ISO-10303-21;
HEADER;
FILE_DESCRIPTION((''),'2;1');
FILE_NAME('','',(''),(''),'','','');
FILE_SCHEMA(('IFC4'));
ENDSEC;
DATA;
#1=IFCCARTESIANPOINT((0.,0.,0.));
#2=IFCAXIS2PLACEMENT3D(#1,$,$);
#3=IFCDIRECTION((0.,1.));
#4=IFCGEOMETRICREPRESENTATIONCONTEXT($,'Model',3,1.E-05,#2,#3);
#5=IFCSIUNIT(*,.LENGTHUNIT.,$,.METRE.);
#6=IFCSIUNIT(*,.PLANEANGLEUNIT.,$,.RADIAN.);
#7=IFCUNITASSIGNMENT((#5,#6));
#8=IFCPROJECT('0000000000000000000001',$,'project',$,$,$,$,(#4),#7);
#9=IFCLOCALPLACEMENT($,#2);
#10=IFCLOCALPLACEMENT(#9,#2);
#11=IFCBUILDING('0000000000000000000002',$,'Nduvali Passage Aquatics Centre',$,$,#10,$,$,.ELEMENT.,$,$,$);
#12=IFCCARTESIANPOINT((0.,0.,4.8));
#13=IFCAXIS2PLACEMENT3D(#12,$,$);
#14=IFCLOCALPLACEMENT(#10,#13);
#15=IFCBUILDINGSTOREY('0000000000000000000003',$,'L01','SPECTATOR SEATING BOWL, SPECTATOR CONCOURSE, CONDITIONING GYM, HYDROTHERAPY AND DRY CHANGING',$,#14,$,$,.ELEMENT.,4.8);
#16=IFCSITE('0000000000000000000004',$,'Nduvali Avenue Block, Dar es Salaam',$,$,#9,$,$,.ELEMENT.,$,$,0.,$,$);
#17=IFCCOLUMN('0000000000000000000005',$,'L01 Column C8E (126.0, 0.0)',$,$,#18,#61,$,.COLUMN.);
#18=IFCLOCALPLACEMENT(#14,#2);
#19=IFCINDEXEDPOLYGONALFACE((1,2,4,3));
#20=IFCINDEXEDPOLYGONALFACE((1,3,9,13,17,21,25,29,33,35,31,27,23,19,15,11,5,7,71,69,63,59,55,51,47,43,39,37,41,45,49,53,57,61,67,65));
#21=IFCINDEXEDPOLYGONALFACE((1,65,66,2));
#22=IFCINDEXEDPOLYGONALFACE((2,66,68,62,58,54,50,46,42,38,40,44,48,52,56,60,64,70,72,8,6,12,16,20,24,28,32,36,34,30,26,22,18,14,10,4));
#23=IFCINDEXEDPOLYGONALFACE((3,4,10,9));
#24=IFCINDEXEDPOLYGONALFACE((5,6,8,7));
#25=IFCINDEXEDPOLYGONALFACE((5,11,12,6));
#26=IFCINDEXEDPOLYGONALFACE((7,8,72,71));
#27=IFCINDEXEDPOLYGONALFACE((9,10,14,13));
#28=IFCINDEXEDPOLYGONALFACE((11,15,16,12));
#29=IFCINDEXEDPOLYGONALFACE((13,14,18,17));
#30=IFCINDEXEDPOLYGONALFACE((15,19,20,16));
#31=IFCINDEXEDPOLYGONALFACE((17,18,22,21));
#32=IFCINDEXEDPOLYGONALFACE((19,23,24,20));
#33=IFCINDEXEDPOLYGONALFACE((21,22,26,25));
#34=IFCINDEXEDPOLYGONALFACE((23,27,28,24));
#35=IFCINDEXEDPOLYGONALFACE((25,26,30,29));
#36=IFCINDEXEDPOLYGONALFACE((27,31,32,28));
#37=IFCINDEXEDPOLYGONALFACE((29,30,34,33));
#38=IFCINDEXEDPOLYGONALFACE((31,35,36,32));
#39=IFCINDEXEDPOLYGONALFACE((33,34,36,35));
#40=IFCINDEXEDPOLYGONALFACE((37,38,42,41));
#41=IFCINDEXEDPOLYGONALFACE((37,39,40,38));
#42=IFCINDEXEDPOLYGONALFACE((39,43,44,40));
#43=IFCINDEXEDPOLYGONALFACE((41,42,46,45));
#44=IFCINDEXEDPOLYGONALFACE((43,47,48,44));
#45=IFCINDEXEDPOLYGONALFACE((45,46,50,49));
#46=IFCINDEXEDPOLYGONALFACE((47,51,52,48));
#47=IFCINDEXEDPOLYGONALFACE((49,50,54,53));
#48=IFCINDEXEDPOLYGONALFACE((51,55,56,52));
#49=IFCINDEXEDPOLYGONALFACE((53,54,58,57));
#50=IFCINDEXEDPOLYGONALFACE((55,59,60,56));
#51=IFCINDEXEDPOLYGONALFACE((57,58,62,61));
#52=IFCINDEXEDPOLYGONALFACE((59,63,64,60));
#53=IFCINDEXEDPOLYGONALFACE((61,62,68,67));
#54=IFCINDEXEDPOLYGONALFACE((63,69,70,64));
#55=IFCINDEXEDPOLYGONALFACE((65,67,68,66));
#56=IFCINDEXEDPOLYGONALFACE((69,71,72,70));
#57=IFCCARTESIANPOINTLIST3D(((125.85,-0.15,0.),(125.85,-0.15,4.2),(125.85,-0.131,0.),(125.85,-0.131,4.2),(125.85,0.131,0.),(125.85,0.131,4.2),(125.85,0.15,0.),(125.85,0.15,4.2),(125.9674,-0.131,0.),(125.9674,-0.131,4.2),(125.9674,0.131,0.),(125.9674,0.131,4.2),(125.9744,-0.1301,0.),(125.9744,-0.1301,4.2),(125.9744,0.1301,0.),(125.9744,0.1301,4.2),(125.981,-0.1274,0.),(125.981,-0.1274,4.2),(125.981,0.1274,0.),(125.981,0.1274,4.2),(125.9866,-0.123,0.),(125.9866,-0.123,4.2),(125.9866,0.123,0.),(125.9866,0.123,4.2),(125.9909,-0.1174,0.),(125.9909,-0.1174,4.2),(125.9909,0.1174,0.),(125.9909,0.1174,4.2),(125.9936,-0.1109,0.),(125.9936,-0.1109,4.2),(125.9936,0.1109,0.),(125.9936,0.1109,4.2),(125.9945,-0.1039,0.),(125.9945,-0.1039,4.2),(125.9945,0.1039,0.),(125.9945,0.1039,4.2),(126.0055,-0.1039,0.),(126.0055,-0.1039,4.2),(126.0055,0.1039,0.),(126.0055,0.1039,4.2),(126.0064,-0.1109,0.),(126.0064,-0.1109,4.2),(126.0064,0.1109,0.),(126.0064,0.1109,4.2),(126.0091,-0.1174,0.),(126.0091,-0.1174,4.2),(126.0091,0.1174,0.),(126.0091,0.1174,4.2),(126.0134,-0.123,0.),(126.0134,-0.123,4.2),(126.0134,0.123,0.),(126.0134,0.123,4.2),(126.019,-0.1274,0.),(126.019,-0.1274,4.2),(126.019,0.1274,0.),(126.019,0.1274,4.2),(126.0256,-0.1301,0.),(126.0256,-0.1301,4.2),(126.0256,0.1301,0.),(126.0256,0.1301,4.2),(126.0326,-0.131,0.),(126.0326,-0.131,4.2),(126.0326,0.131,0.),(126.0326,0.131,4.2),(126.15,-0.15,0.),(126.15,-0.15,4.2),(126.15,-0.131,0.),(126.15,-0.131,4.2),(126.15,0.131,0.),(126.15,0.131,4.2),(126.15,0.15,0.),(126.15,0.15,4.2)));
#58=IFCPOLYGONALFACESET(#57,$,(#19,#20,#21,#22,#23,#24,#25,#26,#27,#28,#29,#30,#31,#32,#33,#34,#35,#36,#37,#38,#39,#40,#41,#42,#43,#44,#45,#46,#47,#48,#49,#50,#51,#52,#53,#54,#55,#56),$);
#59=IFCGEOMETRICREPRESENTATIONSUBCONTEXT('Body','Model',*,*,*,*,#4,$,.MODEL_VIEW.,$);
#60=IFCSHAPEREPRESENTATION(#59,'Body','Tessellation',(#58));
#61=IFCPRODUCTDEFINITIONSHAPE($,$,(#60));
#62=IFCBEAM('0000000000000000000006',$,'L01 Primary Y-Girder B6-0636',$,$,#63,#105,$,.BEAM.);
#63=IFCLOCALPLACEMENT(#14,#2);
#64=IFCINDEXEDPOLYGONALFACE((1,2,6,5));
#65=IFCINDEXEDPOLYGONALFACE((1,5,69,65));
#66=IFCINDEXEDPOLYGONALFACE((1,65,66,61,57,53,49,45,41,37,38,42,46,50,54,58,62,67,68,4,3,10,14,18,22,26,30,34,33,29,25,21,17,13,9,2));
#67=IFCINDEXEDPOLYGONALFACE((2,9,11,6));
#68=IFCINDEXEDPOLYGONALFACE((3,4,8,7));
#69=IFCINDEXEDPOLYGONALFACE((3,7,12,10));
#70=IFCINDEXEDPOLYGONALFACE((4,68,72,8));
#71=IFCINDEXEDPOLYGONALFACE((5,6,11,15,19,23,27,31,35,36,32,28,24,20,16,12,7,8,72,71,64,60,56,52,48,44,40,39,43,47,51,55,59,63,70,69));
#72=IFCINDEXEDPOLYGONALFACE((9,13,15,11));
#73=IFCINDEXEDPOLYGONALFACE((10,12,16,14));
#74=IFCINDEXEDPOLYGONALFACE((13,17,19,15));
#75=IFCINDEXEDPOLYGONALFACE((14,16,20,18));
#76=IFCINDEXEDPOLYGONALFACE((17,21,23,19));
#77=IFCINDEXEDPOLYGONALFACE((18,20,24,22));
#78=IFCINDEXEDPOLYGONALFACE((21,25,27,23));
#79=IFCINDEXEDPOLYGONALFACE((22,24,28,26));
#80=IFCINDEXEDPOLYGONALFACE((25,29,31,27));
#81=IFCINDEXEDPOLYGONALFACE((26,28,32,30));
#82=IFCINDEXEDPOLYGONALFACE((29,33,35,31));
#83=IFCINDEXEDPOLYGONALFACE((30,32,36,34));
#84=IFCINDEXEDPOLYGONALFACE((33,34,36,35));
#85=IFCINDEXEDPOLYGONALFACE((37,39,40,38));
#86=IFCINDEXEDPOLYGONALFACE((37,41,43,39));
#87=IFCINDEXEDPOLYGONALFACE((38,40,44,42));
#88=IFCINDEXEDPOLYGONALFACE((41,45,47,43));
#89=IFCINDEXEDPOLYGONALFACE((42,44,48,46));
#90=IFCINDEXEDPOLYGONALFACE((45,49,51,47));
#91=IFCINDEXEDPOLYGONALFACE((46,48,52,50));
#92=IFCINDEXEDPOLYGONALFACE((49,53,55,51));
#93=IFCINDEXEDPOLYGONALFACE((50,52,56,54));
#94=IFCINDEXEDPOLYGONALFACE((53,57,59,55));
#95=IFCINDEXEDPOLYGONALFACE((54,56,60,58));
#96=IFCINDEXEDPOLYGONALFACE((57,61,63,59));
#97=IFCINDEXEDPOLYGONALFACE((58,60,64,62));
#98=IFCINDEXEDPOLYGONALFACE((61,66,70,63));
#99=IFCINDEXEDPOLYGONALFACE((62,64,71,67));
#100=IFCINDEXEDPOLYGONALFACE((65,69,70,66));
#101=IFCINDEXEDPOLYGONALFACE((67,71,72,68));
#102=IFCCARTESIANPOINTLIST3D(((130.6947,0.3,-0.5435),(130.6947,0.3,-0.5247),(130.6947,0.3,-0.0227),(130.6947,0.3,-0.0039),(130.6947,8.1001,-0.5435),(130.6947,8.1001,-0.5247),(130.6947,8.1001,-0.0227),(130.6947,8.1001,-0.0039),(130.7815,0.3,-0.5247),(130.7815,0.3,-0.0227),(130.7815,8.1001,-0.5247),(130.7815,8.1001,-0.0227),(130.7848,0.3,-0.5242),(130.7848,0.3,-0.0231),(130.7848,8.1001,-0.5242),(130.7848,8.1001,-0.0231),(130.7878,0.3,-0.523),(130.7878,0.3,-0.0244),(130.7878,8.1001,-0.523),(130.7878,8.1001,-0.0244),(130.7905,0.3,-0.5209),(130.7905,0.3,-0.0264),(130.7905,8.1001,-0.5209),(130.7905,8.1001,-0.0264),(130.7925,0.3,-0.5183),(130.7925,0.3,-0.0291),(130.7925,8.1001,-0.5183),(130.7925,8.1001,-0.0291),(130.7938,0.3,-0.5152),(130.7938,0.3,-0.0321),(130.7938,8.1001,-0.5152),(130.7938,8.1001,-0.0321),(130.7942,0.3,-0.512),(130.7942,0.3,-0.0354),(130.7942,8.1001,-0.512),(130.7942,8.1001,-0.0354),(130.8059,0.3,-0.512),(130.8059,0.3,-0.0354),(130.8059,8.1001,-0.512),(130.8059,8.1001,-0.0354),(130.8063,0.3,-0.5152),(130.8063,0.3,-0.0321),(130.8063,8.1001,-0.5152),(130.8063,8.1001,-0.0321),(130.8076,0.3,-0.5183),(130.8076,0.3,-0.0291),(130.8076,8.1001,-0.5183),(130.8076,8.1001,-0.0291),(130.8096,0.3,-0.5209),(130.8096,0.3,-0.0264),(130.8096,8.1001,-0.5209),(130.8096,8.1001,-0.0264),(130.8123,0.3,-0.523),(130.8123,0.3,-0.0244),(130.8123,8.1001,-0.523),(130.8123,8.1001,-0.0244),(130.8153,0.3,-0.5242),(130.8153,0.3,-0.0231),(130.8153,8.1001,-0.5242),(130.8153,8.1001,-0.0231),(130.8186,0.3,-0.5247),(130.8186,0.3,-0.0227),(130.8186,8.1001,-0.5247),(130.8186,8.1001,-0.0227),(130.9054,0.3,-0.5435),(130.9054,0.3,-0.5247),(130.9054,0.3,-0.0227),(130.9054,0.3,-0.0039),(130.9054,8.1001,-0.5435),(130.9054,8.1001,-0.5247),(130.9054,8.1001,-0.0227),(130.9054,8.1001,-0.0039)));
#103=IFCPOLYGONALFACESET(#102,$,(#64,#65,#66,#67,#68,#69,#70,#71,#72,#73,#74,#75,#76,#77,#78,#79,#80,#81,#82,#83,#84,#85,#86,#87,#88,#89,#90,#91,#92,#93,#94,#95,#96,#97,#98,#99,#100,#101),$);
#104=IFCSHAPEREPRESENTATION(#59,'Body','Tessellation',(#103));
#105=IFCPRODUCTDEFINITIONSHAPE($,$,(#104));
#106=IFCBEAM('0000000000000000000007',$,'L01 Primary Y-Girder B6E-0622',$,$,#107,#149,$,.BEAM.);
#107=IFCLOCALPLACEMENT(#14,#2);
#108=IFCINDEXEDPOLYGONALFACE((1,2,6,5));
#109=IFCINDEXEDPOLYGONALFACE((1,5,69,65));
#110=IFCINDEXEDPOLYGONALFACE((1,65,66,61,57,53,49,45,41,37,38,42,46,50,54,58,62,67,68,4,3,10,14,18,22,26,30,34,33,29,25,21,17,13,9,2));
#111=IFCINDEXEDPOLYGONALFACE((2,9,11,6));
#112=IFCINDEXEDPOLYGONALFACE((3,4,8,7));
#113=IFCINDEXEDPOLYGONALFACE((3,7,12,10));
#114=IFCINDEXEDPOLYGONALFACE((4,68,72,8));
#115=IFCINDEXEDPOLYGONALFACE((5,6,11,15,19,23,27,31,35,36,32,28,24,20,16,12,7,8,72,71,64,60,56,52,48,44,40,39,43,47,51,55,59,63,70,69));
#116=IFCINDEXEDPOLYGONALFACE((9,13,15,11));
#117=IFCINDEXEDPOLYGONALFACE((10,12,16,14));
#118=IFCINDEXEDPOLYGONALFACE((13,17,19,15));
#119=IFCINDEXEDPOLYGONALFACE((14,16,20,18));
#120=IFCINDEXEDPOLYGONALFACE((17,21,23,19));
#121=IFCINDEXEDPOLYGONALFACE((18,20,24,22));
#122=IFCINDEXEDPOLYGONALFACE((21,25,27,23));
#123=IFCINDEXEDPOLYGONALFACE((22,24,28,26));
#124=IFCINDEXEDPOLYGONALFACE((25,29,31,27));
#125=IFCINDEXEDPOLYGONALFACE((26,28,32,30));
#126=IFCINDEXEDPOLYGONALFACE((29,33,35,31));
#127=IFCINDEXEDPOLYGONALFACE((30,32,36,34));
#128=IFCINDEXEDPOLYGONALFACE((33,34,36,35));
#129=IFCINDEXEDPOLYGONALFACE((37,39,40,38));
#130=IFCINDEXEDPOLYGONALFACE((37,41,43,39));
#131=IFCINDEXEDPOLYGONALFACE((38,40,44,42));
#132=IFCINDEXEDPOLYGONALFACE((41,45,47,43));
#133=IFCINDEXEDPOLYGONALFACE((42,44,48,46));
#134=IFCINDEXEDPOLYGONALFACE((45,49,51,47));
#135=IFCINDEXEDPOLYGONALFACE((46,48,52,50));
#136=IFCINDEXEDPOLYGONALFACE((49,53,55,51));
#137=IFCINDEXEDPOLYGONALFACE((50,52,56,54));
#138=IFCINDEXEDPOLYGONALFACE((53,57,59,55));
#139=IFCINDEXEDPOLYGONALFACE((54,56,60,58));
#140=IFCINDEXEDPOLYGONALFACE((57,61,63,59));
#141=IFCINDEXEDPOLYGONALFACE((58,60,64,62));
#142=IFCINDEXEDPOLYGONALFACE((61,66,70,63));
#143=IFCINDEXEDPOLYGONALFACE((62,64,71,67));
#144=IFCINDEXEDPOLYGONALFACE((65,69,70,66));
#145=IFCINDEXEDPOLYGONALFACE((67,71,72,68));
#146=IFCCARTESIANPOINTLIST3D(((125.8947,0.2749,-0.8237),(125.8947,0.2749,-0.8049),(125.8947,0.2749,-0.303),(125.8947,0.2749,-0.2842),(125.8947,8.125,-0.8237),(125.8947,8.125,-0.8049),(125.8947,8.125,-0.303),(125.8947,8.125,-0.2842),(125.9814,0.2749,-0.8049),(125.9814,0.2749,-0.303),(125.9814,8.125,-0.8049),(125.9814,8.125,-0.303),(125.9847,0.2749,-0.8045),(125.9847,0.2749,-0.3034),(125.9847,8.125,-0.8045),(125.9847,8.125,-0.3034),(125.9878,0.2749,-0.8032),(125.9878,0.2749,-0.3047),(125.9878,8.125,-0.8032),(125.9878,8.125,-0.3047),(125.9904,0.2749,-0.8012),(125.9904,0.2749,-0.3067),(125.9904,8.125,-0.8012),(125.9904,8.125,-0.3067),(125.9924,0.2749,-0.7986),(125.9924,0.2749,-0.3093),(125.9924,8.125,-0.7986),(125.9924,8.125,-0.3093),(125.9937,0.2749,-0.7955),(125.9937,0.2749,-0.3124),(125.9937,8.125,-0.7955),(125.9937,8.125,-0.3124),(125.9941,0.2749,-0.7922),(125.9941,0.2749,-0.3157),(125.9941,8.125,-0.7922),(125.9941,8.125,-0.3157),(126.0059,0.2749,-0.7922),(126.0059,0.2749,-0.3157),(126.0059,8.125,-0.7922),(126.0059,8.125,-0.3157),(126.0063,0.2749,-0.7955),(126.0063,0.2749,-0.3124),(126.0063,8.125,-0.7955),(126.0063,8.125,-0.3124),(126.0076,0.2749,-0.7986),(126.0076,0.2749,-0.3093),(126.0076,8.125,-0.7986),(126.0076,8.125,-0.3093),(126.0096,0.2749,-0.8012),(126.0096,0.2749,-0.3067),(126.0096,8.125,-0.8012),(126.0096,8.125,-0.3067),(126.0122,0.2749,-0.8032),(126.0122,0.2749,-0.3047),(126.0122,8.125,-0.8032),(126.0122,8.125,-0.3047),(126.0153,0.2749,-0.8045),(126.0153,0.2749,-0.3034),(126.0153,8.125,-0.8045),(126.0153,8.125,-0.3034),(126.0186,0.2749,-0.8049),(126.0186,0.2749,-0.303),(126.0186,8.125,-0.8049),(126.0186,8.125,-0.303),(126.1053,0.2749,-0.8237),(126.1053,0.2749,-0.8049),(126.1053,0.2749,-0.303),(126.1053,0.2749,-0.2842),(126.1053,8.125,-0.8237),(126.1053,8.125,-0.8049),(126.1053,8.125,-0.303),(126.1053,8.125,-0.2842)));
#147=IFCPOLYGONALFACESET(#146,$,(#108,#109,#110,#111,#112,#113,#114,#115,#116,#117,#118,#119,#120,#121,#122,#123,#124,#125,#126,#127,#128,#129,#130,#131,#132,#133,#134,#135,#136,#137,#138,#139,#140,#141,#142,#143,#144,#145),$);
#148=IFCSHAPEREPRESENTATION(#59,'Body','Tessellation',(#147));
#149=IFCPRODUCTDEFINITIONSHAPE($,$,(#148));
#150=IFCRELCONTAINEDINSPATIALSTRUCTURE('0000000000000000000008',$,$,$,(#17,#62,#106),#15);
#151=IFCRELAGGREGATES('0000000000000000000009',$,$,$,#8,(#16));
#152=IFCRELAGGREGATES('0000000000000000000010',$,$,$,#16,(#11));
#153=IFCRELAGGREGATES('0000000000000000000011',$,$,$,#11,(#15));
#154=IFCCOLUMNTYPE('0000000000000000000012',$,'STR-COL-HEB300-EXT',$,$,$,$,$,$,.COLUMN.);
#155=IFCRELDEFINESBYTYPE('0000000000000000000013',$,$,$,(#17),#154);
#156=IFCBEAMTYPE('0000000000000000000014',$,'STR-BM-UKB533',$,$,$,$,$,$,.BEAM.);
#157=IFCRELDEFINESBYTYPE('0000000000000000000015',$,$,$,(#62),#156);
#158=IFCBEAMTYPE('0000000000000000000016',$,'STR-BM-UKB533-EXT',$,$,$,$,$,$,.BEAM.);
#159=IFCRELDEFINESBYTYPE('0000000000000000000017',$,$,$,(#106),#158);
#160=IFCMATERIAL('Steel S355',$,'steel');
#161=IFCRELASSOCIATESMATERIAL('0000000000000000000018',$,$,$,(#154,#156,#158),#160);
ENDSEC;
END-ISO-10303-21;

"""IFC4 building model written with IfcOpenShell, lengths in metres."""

from ifc_helpers import new_model, si_unit, direction, frame, origin, origin_2d, place, context, subcontext, project, spatial, i_section, extrude, material, material_profile, profile_set, type_object, element, save


model = new_model("IFC4")

# Units and contexts
model_context = context("Model", 3, precision=1e-05, world=origin(), true_north=direction((0.0, 1.0)))
body_context = subcontext(model_context, "Body", "Model", "MODEL_VIEW")
ifc_project = project(units=[si_unit("LENGTHUNIT", "METRE"), si_unit("PLANEANGLEUNIT", "RADIAN")], contexts=[model_context])

# Site, building, storey
site_placement = place(None, origin())
site = spatial("IfcSite", under=ifc_project, at=site_placement, Name="Nduvali Avenue Block, Dar es Salaam", CompositionType="ELEMENT", RefElevation=0.0)
building_placement = place(site_placement, origin())
building = spatial("IfcBuilding", under=site, at=building_placement, Name="Nduvali Passage Aquatics Centre", CompositionType="ELEMENT")
storey_placement = place(building_placement, frame((0.0, 0.0, 4.8)))
storey = spatial("IfcBuildingStorey", under=building, at=storey_placement, Name="L01", Description="SPECTATOR SEATING BOWL, SPECTATOR CONCOURSE, CONDITIONING GYM, HYDROTHERAPY AND DRY CHANGING", CompositionType="ELEMENT", Elevation=4.8)

# Column
ifc_material_1 = material(Name="Steel S355", Category="steel")
ifc_material_profile_1 = material_profile(ifc_material_1, i_section(OverallWidth=0.3, OverallDepth=0.3, WebThickness=0.011, FlangeThickness=0.019, FilletRadius=0.0271, at=origin_2d()), Name="HEB 300")
ifc_profile_set_1 = profile_set([ifc_material_profile_1], Name="Steel S355")
column_type = type_object("IfcColumnType", Name="STR-COL-HEB300-EXT", PredefinedType="COLUMN", material=ifc_profile_set_1)
column_placement = place(storey_placement, frame((126.0, 0.0, 0.0), z_axis=(0.0, 0.0, 1.0), x_axis=(1.0, 0.0, 0.0)))
element("IfcColumn", 1, at=column_placement, inside=storey, type_object=column_type, Name="L01 Column C8E (126.0, 0.0)", PredefinedType="COLUMN", context=body_context, shape_type="SweptSolid", body=[
    extrude(i_section(OverallWidth=0.3, OverallDepth=0.3, WebThickness=0.011, FlangeThickness=0.019, FilletRadius=0.0271, at=origin_2d()), origin(), (0.0, 0.0, 1.0), 4.2),
])

# Beams
ifc_material_profile_2 = material_profile(ifc_material_1, i_section(OverallWidth=0.2107, OverallDepth=0.5396, WebThickness=0.0117, FlangeThickness=0.0188, FilletRadius=0.0127, at=origin_2d()), Name="UKB 533x210x109")
ifc_profile_set_2 = profile_set([ifc_material_profile_2], Name="Steel S355")
beam_type_1 = type_object("IfcBeamType", Name="STR-BM-UKB533", PredefinedType="BEAM", material=ifc_profile_set_2)
beam_1_placement = place(storey_placement, frame((130.8, 0.3, -0.2737), z_axis=(0.0, 1.0, 0.0), x_axis=(-1.0, 0.0, 0.0)))
element("IfcBeam", 2, at=beam_1_placement, inside=storey, type_object=beam_type_1, Name="L01 Primary Y-Girder B6-0636", PredefinedType="BEAM", context=body_context, shape_type="SweptSolid", body=[
    extrude(i_section(OverallWidth=0.2107, OverallDepth=0.5396, WebThickness=0.0117, FlangeThickness=0.0188, FilletRadius=0.0127, at=origin_2d()), origin(), (0.0, 0.0, 1.0), 7.8),
])
ifc_material_profile_3 = material_profile(ifc_material_1, i_section(OverallWidth=0.2107, OverallDepth=0.5396, WebThickness=0.0117, FlangeThickness=0.0188, FilletRadius=0.0127, at=origin_2d()), Name="UKB 533x210x109")
ifc_profile_set_3 = profile_set([ifc_material_profile_3], Name="Steel S355")
beam_type_2 = type_object("IfcBeamType", Name="STR-BM-UKB533-EXT", PredefinedType="BEAM", material=ifc_profile_set_3)
beam_2_placement = place(storey_placement, frame((126.0, 0.2749, -0.554), z_axis=(0.0, 1.0, 0.0), x_axis=(-1.0, 0.0, 0.0)))
element("IfcBeam", 3, at=beam_2_placement, inside=storey, type_object=beam_type_2, Name="L01 Primary Y-Girder B6E-0622", PredefinedType="BEAM", context=body_context, shape_type="SweptSolid", body=[
    extrude(i_section(OverallWidth=0.2107, OverallDepth=0.5396, WebThickness=0.0117, FlangeThickness=0.0188, FilletRadius=0.0127, at=origin_2d()), origin(), (0.0, 0.0, 1.0), 7.8501),
])

save(model, "model.ifc")
